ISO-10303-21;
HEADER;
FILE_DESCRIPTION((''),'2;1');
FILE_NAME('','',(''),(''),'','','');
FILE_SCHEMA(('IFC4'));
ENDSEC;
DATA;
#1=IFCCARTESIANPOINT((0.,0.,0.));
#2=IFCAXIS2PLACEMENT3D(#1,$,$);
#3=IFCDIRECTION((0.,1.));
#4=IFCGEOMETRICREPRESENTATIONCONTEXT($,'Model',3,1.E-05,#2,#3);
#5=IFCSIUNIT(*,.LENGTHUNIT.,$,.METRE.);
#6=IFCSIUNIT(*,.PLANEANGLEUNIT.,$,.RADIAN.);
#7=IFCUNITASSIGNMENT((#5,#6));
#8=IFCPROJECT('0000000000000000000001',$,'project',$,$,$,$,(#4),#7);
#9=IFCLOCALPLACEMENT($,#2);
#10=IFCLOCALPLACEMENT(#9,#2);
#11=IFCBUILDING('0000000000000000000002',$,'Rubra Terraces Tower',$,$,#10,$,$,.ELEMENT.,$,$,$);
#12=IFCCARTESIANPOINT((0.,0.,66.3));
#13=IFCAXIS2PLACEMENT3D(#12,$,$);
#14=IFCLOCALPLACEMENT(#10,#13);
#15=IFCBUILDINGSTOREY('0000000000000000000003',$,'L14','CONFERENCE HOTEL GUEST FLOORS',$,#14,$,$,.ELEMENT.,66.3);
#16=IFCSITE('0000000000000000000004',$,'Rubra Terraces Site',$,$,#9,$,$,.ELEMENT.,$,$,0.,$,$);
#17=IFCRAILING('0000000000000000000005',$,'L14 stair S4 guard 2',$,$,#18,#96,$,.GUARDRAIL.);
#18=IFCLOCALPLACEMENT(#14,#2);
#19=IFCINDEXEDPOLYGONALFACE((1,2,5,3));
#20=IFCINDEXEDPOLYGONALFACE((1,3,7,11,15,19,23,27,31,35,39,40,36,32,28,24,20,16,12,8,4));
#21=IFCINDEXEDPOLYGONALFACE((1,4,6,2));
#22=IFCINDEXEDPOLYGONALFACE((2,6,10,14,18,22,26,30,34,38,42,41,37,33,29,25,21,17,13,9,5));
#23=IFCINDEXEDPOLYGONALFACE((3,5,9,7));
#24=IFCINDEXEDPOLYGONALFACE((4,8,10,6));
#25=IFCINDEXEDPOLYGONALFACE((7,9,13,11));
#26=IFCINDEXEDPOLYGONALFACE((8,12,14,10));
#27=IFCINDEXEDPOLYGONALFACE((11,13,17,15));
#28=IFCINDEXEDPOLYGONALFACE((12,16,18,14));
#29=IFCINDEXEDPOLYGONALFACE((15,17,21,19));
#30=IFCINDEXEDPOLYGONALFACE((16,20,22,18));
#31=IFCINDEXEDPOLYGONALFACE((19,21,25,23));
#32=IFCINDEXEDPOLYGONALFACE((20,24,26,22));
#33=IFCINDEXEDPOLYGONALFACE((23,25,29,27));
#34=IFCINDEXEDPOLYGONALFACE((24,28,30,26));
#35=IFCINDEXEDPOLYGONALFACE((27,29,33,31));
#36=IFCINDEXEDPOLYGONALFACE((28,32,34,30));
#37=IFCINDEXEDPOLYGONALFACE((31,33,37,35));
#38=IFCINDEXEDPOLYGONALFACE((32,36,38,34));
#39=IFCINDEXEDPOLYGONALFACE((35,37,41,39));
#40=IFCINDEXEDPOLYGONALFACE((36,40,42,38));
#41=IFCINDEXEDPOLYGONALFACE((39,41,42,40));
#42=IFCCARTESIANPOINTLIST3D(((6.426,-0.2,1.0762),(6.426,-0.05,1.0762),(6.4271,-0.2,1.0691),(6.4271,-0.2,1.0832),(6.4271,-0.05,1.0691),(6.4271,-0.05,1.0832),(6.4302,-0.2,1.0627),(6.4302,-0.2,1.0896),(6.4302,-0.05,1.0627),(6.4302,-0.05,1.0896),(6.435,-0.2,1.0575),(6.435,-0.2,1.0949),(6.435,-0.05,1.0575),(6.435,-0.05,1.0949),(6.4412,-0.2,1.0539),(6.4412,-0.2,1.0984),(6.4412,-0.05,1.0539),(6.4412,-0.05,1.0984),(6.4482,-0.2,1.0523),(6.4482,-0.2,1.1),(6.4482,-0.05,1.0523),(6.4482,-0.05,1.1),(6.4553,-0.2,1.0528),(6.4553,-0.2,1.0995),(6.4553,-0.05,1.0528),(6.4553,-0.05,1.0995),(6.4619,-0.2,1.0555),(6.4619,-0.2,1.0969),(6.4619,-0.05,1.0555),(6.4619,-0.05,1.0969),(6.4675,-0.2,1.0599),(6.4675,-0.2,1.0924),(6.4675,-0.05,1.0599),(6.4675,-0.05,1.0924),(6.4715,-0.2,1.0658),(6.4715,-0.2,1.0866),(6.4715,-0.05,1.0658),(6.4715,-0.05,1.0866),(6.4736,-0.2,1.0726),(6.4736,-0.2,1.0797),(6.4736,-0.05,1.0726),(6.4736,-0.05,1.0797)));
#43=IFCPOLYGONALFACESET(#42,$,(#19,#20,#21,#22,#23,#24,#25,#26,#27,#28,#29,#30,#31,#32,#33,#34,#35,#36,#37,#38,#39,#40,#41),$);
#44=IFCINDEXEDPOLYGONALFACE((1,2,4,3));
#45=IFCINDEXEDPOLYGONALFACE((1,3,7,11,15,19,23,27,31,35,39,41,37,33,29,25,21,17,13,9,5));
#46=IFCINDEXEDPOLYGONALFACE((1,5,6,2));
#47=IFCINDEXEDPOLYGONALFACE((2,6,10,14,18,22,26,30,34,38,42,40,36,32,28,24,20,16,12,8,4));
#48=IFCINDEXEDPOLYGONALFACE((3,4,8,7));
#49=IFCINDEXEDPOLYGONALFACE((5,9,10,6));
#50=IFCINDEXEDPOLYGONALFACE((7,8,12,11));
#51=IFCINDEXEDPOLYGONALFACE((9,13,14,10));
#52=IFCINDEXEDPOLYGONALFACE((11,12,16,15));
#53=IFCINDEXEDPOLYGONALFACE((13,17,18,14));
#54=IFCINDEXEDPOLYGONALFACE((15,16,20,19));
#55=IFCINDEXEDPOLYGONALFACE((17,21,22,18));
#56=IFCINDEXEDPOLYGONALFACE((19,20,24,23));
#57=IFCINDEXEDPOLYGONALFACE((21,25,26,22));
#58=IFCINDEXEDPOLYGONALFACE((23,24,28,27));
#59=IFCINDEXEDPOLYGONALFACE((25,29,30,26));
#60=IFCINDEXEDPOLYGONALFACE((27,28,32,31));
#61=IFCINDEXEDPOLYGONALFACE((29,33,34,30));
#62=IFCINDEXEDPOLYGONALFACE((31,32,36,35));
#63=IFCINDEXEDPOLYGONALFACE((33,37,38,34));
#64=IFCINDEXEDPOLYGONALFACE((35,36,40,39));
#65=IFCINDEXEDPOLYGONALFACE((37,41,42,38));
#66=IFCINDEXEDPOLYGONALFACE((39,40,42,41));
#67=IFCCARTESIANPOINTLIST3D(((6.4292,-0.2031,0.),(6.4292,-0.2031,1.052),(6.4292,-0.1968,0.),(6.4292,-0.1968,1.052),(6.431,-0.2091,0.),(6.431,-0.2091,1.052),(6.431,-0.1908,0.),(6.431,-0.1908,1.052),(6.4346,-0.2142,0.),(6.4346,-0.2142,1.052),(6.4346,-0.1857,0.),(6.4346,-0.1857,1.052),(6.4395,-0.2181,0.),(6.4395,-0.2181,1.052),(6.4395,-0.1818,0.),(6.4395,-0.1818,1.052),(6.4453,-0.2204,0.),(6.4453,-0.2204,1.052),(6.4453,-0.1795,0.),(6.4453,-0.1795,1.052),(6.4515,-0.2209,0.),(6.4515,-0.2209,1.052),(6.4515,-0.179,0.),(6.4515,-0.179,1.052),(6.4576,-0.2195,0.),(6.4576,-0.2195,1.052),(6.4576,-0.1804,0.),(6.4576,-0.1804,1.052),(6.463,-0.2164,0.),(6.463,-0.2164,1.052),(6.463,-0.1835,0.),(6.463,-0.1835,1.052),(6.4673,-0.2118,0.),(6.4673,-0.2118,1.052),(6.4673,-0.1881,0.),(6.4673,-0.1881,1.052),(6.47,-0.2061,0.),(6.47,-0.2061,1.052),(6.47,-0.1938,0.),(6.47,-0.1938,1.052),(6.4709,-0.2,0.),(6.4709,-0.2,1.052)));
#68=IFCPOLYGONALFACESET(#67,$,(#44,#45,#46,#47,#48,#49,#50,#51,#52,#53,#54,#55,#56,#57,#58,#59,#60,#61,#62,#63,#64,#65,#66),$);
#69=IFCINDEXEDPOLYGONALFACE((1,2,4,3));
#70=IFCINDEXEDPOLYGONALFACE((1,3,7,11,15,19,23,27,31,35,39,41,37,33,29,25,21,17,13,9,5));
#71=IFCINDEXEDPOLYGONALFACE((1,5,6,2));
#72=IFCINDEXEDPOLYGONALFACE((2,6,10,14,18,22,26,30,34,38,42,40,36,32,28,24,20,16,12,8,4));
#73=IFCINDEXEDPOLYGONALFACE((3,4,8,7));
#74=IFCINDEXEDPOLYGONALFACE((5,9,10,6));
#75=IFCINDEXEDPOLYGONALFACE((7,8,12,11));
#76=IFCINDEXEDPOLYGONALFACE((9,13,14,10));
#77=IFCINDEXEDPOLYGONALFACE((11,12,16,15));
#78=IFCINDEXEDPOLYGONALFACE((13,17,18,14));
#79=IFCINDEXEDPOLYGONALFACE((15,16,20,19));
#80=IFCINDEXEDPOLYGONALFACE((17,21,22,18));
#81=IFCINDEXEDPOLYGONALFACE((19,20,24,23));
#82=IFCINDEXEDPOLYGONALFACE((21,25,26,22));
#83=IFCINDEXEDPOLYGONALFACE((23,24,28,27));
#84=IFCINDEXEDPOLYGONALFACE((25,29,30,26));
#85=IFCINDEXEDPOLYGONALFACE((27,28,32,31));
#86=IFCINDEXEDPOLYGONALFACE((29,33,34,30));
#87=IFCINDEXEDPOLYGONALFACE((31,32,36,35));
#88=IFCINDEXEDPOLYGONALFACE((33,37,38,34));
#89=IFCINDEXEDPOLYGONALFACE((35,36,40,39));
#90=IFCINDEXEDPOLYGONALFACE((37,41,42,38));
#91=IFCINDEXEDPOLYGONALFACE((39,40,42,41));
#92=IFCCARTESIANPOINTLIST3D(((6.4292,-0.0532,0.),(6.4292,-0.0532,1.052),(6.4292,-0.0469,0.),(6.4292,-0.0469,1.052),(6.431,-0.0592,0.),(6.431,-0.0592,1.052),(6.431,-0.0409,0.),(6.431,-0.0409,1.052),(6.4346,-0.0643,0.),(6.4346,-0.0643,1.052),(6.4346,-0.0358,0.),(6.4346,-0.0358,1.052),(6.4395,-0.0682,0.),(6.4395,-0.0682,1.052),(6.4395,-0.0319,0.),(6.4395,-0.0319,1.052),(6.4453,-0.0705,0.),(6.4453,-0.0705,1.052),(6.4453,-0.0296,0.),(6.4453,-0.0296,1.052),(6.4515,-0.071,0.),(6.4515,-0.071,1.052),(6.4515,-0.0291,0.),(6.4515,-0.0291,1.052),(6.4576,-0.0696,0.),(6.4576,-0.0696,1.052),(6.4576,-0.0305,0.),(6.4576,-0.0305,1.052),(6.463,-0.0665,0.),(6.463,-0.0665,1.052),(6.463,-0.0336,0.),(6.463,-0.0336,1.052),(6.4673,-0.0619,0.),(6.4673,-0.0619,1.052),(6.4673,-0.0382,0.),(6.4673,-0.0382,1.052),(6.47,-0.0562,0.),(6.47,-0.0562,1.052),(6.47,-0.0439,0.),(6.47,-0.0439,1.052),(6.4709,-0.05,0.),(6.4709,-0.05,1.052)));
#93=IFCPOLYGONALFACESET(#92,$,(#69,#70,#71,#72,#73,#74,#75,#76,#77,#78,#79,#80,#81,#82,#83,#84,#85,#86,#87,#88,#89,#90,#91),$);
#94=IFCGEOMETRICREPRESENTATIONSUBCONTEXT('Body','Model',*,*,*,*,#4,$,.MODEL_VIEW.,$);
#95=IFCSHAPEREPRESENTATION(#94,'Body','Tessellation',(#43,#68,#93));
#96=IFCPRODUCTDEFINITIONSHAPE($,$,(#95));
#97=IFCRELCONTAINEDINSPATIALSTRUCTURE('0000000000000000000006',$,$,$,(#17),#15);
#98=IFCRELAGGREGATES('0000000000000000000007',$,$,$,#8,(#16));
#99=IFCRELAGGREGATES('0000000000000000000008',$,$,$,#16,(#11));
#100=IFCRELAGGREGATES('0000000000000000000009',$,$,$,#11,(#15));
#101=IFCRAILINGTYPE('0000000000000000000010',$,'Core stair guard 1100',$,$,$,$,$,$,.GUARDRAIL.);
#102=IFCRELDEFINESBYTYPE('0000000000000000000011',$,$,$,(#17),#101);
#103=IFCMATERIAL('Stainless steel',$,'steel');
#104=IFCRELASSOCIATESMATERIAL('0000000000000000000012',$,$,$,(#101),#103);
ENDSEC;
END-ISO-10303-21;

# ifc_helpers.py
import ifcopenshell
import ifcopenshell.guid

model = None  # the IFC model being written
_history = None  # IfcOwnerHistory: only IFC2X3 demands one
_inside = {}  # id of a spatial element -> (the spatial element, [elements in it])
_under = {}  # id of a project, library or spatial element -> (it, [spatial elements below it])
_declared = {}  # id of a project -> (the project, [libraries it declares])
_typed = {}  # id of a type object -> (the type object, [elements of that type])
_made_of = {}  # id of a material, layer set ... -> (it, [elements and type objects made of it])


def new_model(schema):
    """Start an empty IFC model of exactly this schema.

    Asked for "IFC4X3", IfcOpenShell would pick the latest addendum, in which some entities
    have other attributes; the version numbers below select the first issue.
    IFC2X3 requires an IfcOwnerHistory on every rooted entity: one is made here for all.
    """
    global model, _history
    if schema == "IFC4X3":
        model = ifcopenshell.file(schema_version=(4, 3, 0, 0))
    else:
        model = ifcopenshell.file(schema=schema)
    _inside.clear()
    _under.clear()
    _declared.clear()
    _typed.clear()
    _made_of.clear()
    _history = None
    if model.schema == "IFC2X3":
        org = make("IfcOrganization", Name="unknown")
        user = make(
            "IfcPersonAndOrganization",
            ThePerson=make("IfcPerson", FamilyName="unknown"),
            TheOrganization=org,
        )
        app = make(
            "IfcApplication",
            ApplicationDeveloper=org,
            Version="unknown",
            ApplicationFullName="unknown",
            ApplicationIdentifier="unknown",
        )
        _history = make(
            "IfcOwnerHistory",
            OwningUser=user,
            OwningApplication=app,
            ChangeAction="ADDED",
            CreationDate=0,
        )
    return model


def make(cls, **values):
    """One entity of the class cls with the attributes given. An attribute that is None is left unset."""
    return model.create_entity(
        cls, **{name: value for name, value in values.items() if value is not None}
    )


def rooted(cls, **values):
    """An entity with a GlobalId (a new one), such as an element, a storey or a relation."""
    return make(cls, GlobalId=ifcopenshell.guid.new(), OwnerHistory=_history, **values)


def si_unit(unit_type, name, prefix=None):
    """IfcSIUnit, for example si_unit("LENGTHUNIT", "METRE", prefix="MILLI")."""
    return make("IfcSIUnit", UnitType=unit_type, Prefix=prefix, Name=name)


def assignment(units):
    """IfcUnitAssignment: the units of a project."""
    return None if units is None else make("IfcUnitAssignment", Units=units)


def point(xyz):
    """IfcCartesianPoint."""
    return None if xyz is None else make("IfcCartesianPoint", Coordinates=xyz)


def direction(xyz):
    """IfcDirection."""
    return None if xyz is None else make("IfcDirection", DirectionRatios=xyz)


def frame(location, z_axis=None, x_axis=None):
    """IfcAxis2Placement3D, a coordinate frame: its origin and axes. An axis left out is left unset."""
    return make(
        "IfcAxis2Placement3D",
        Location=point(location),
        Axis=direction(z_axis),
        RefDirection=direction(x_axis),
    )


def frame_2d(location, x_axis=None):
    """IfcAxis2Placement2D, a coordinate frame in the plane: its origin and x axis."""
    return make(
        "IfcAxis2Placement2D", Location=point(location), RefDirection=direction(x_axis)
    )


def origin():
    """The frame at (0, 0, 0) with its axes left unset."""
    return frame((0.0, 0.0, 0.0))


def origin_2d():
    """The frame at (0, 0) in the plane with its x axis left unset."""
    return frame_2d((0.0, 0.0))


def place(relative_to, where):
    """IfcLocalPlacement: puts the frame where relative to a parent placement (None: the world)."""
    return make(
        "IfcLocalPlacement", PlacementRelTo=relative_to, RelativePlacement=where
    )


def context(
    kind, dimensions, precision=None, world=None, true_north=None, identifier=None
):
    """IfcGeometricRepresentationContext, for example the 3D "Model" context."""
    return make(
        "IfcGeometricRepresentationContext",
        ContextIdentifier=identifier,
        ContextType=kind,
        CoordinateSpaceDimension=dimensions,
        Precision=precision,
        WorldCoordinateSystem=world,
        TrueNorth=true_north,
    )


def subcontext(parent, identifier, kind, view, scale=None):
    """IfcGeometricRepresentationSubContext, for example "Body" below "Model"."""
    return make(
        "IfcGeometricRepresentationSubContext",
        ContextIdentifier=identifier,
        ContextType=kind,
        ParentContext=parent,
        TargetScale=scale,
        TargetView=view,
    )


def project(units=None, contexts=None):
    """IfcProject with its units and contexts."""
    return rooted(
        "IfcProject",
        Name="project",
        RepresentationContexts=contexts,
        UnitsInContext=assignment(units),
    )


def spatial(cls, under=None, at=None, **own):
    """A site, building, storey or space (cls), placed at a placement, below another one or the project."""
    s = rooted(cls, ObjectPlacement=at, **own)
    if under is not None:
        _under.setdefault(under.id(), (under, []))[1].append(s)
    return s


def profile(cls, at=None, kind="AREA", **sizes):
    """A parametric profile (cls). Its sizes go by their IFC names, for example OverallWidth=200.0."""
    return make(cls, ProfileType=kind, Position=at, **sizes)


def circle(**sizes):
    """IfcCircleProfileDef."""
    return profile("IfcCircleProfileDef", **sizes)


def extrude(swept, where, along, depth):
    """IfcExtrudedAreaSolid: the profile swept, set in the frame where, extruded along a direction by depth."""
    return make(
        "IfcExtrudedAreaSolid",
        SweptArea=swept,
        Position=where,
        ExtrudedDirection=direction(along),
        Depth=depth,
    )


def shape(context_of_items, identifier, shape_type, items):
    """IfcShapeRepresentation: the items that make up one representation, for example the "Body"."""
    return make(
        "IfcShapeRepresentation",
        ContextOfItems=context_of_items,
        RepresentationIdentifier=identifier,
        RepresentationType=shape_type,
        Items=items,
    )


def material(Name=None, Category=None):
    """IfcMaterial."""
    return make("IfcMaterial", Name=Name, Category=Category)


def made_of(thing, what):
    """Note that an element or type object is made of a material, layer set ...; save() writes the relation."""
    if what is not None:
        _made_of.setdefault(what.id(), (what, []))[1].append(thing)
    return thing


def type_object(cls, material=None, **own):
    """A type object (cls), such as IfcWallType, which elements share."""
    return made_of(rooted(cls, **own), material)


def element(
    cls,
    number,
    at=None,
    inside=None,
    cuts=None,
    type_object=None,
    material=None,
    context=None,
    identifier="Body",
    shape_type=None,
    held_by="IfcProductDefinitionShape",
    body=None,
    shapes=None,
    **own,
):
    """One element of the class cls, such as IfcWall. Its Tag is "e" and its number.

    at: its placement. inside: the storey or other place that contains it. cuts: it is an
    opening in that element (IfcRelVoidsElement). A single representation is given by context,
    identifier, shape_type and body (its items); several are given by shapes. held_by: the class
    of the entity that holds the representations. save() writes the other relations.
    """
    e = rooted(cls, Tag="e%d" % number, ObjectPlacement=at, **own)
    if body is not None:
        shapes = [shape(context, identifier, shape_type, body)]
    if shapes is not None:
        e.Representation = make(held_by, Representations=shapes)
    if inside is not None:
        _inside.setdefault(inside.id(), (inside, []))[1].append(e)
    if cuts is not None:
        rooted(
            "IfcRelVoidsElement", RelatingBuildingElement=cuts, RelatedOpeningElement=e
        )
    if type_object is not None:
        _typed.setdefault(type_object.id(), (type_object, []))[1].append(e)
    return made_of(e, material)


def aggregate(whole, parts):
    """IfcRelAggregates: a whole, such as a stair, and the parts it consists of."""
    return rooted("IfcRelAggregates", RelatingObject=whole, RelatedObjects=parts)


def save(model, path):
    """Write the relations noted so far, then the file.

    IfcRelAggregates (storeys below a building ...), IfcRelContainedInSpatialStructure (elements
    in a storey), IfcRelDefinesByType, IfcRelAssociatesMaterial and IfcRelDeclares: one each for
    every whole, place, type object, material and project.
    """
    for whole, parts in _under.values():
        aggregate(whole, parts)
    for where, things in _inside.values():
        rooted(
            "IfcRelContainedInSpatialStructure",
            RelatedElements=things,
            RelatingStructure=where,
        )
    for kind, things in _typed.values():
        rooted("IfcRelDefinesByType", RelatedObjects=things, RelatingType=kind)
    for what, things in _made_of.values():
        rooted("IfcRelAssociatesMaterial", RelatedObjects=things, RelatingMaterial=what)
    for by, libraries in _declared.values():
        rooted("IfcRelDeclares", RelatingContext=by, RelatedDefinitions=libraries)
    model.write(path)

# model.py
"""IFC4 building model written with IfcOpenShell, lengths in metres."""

from ifc_helpers import new_model, si_unit, direction, frame, origin, origin_2d, place, context, subcontext, project, spatial, circle, extrude, material, type_object, element, save


model = new_model("IFC4")

# Units and contexts
model_context = context("Model", 3, precision=1e-05, world=origin(), true_north=direction((0.0, 1.0)))
body_context = subcontext(model_context, "Body", "Model", "MODEL_VIEW")
ifc_project = project(units=[si_unit("LENGTHUNIT", "METRE"), si_unit("PLANEANGLEUNIT", "RADIAN")], contexts=[model_context])

# Site, building, storey
site_placement = place(None, origin())
site = spatial("IfcSite", under=ifc_project, at=site_placement, Name="Rubra Terraces Site", CompositionType="ELEMENT", RefElevation=0.0)
building_placement = place(site_placement, origin())
building = spatial("IfcBuilding", under=site, at=building_placement, Name="Rubra Terraces Tower", CompositionType="ELEMENT")
storey_placement = place(building_placement, frame((0.0, 0.0, 66.3)))
storey = spatial("IfcBuildingStorey", under=building, at=storey_placement, Name="L14", Description="CONFERENCE HOTEL GUEST FLOORS", CompositionType="ELEMENT", Elevation=66.3)

# Railing
ifc_material_1 = material(Name="Stainless steel", Category="steel")
railing_type_1 = type_object("IfcRailingType", Name="Core stair guard 1100", PredefinedType="GUARDRAIL", material=ifc_material_1)
railing_1_placement = place(storey_placement, frame((6.45, -0.2, 0.0)))
element("IfcRailing", 1, at=railing_1_placement, inside=storey, type_object=railing_type_1, Name="L14 stair S4 guard 2", PredefinedType="GUARDRAIL", context=body_context, shape_type="SweptSolid", body=[
    extrude(circle(Radius=0.0239, at=origin_2d()), frame((0.0, 0.0, 1.0762), z_axis=(0.0, 1.0, 0.0), x_axis=(-1.0, 0.0, 0.0)), (0.0, 0.0, 1.0), 0.1499),
    extrude(circle(Radius=0.021, at=origin_2d()), origin(), (0.0, 0.0, 1.0), 1.052),
    extrude(circle(Radius=0.021, at=origin_2d()), frame((0.0, 0.1499, 0.0)), (0.0, 0.0, 1.0), 1.052),
])

save(model, "model.ifc")
